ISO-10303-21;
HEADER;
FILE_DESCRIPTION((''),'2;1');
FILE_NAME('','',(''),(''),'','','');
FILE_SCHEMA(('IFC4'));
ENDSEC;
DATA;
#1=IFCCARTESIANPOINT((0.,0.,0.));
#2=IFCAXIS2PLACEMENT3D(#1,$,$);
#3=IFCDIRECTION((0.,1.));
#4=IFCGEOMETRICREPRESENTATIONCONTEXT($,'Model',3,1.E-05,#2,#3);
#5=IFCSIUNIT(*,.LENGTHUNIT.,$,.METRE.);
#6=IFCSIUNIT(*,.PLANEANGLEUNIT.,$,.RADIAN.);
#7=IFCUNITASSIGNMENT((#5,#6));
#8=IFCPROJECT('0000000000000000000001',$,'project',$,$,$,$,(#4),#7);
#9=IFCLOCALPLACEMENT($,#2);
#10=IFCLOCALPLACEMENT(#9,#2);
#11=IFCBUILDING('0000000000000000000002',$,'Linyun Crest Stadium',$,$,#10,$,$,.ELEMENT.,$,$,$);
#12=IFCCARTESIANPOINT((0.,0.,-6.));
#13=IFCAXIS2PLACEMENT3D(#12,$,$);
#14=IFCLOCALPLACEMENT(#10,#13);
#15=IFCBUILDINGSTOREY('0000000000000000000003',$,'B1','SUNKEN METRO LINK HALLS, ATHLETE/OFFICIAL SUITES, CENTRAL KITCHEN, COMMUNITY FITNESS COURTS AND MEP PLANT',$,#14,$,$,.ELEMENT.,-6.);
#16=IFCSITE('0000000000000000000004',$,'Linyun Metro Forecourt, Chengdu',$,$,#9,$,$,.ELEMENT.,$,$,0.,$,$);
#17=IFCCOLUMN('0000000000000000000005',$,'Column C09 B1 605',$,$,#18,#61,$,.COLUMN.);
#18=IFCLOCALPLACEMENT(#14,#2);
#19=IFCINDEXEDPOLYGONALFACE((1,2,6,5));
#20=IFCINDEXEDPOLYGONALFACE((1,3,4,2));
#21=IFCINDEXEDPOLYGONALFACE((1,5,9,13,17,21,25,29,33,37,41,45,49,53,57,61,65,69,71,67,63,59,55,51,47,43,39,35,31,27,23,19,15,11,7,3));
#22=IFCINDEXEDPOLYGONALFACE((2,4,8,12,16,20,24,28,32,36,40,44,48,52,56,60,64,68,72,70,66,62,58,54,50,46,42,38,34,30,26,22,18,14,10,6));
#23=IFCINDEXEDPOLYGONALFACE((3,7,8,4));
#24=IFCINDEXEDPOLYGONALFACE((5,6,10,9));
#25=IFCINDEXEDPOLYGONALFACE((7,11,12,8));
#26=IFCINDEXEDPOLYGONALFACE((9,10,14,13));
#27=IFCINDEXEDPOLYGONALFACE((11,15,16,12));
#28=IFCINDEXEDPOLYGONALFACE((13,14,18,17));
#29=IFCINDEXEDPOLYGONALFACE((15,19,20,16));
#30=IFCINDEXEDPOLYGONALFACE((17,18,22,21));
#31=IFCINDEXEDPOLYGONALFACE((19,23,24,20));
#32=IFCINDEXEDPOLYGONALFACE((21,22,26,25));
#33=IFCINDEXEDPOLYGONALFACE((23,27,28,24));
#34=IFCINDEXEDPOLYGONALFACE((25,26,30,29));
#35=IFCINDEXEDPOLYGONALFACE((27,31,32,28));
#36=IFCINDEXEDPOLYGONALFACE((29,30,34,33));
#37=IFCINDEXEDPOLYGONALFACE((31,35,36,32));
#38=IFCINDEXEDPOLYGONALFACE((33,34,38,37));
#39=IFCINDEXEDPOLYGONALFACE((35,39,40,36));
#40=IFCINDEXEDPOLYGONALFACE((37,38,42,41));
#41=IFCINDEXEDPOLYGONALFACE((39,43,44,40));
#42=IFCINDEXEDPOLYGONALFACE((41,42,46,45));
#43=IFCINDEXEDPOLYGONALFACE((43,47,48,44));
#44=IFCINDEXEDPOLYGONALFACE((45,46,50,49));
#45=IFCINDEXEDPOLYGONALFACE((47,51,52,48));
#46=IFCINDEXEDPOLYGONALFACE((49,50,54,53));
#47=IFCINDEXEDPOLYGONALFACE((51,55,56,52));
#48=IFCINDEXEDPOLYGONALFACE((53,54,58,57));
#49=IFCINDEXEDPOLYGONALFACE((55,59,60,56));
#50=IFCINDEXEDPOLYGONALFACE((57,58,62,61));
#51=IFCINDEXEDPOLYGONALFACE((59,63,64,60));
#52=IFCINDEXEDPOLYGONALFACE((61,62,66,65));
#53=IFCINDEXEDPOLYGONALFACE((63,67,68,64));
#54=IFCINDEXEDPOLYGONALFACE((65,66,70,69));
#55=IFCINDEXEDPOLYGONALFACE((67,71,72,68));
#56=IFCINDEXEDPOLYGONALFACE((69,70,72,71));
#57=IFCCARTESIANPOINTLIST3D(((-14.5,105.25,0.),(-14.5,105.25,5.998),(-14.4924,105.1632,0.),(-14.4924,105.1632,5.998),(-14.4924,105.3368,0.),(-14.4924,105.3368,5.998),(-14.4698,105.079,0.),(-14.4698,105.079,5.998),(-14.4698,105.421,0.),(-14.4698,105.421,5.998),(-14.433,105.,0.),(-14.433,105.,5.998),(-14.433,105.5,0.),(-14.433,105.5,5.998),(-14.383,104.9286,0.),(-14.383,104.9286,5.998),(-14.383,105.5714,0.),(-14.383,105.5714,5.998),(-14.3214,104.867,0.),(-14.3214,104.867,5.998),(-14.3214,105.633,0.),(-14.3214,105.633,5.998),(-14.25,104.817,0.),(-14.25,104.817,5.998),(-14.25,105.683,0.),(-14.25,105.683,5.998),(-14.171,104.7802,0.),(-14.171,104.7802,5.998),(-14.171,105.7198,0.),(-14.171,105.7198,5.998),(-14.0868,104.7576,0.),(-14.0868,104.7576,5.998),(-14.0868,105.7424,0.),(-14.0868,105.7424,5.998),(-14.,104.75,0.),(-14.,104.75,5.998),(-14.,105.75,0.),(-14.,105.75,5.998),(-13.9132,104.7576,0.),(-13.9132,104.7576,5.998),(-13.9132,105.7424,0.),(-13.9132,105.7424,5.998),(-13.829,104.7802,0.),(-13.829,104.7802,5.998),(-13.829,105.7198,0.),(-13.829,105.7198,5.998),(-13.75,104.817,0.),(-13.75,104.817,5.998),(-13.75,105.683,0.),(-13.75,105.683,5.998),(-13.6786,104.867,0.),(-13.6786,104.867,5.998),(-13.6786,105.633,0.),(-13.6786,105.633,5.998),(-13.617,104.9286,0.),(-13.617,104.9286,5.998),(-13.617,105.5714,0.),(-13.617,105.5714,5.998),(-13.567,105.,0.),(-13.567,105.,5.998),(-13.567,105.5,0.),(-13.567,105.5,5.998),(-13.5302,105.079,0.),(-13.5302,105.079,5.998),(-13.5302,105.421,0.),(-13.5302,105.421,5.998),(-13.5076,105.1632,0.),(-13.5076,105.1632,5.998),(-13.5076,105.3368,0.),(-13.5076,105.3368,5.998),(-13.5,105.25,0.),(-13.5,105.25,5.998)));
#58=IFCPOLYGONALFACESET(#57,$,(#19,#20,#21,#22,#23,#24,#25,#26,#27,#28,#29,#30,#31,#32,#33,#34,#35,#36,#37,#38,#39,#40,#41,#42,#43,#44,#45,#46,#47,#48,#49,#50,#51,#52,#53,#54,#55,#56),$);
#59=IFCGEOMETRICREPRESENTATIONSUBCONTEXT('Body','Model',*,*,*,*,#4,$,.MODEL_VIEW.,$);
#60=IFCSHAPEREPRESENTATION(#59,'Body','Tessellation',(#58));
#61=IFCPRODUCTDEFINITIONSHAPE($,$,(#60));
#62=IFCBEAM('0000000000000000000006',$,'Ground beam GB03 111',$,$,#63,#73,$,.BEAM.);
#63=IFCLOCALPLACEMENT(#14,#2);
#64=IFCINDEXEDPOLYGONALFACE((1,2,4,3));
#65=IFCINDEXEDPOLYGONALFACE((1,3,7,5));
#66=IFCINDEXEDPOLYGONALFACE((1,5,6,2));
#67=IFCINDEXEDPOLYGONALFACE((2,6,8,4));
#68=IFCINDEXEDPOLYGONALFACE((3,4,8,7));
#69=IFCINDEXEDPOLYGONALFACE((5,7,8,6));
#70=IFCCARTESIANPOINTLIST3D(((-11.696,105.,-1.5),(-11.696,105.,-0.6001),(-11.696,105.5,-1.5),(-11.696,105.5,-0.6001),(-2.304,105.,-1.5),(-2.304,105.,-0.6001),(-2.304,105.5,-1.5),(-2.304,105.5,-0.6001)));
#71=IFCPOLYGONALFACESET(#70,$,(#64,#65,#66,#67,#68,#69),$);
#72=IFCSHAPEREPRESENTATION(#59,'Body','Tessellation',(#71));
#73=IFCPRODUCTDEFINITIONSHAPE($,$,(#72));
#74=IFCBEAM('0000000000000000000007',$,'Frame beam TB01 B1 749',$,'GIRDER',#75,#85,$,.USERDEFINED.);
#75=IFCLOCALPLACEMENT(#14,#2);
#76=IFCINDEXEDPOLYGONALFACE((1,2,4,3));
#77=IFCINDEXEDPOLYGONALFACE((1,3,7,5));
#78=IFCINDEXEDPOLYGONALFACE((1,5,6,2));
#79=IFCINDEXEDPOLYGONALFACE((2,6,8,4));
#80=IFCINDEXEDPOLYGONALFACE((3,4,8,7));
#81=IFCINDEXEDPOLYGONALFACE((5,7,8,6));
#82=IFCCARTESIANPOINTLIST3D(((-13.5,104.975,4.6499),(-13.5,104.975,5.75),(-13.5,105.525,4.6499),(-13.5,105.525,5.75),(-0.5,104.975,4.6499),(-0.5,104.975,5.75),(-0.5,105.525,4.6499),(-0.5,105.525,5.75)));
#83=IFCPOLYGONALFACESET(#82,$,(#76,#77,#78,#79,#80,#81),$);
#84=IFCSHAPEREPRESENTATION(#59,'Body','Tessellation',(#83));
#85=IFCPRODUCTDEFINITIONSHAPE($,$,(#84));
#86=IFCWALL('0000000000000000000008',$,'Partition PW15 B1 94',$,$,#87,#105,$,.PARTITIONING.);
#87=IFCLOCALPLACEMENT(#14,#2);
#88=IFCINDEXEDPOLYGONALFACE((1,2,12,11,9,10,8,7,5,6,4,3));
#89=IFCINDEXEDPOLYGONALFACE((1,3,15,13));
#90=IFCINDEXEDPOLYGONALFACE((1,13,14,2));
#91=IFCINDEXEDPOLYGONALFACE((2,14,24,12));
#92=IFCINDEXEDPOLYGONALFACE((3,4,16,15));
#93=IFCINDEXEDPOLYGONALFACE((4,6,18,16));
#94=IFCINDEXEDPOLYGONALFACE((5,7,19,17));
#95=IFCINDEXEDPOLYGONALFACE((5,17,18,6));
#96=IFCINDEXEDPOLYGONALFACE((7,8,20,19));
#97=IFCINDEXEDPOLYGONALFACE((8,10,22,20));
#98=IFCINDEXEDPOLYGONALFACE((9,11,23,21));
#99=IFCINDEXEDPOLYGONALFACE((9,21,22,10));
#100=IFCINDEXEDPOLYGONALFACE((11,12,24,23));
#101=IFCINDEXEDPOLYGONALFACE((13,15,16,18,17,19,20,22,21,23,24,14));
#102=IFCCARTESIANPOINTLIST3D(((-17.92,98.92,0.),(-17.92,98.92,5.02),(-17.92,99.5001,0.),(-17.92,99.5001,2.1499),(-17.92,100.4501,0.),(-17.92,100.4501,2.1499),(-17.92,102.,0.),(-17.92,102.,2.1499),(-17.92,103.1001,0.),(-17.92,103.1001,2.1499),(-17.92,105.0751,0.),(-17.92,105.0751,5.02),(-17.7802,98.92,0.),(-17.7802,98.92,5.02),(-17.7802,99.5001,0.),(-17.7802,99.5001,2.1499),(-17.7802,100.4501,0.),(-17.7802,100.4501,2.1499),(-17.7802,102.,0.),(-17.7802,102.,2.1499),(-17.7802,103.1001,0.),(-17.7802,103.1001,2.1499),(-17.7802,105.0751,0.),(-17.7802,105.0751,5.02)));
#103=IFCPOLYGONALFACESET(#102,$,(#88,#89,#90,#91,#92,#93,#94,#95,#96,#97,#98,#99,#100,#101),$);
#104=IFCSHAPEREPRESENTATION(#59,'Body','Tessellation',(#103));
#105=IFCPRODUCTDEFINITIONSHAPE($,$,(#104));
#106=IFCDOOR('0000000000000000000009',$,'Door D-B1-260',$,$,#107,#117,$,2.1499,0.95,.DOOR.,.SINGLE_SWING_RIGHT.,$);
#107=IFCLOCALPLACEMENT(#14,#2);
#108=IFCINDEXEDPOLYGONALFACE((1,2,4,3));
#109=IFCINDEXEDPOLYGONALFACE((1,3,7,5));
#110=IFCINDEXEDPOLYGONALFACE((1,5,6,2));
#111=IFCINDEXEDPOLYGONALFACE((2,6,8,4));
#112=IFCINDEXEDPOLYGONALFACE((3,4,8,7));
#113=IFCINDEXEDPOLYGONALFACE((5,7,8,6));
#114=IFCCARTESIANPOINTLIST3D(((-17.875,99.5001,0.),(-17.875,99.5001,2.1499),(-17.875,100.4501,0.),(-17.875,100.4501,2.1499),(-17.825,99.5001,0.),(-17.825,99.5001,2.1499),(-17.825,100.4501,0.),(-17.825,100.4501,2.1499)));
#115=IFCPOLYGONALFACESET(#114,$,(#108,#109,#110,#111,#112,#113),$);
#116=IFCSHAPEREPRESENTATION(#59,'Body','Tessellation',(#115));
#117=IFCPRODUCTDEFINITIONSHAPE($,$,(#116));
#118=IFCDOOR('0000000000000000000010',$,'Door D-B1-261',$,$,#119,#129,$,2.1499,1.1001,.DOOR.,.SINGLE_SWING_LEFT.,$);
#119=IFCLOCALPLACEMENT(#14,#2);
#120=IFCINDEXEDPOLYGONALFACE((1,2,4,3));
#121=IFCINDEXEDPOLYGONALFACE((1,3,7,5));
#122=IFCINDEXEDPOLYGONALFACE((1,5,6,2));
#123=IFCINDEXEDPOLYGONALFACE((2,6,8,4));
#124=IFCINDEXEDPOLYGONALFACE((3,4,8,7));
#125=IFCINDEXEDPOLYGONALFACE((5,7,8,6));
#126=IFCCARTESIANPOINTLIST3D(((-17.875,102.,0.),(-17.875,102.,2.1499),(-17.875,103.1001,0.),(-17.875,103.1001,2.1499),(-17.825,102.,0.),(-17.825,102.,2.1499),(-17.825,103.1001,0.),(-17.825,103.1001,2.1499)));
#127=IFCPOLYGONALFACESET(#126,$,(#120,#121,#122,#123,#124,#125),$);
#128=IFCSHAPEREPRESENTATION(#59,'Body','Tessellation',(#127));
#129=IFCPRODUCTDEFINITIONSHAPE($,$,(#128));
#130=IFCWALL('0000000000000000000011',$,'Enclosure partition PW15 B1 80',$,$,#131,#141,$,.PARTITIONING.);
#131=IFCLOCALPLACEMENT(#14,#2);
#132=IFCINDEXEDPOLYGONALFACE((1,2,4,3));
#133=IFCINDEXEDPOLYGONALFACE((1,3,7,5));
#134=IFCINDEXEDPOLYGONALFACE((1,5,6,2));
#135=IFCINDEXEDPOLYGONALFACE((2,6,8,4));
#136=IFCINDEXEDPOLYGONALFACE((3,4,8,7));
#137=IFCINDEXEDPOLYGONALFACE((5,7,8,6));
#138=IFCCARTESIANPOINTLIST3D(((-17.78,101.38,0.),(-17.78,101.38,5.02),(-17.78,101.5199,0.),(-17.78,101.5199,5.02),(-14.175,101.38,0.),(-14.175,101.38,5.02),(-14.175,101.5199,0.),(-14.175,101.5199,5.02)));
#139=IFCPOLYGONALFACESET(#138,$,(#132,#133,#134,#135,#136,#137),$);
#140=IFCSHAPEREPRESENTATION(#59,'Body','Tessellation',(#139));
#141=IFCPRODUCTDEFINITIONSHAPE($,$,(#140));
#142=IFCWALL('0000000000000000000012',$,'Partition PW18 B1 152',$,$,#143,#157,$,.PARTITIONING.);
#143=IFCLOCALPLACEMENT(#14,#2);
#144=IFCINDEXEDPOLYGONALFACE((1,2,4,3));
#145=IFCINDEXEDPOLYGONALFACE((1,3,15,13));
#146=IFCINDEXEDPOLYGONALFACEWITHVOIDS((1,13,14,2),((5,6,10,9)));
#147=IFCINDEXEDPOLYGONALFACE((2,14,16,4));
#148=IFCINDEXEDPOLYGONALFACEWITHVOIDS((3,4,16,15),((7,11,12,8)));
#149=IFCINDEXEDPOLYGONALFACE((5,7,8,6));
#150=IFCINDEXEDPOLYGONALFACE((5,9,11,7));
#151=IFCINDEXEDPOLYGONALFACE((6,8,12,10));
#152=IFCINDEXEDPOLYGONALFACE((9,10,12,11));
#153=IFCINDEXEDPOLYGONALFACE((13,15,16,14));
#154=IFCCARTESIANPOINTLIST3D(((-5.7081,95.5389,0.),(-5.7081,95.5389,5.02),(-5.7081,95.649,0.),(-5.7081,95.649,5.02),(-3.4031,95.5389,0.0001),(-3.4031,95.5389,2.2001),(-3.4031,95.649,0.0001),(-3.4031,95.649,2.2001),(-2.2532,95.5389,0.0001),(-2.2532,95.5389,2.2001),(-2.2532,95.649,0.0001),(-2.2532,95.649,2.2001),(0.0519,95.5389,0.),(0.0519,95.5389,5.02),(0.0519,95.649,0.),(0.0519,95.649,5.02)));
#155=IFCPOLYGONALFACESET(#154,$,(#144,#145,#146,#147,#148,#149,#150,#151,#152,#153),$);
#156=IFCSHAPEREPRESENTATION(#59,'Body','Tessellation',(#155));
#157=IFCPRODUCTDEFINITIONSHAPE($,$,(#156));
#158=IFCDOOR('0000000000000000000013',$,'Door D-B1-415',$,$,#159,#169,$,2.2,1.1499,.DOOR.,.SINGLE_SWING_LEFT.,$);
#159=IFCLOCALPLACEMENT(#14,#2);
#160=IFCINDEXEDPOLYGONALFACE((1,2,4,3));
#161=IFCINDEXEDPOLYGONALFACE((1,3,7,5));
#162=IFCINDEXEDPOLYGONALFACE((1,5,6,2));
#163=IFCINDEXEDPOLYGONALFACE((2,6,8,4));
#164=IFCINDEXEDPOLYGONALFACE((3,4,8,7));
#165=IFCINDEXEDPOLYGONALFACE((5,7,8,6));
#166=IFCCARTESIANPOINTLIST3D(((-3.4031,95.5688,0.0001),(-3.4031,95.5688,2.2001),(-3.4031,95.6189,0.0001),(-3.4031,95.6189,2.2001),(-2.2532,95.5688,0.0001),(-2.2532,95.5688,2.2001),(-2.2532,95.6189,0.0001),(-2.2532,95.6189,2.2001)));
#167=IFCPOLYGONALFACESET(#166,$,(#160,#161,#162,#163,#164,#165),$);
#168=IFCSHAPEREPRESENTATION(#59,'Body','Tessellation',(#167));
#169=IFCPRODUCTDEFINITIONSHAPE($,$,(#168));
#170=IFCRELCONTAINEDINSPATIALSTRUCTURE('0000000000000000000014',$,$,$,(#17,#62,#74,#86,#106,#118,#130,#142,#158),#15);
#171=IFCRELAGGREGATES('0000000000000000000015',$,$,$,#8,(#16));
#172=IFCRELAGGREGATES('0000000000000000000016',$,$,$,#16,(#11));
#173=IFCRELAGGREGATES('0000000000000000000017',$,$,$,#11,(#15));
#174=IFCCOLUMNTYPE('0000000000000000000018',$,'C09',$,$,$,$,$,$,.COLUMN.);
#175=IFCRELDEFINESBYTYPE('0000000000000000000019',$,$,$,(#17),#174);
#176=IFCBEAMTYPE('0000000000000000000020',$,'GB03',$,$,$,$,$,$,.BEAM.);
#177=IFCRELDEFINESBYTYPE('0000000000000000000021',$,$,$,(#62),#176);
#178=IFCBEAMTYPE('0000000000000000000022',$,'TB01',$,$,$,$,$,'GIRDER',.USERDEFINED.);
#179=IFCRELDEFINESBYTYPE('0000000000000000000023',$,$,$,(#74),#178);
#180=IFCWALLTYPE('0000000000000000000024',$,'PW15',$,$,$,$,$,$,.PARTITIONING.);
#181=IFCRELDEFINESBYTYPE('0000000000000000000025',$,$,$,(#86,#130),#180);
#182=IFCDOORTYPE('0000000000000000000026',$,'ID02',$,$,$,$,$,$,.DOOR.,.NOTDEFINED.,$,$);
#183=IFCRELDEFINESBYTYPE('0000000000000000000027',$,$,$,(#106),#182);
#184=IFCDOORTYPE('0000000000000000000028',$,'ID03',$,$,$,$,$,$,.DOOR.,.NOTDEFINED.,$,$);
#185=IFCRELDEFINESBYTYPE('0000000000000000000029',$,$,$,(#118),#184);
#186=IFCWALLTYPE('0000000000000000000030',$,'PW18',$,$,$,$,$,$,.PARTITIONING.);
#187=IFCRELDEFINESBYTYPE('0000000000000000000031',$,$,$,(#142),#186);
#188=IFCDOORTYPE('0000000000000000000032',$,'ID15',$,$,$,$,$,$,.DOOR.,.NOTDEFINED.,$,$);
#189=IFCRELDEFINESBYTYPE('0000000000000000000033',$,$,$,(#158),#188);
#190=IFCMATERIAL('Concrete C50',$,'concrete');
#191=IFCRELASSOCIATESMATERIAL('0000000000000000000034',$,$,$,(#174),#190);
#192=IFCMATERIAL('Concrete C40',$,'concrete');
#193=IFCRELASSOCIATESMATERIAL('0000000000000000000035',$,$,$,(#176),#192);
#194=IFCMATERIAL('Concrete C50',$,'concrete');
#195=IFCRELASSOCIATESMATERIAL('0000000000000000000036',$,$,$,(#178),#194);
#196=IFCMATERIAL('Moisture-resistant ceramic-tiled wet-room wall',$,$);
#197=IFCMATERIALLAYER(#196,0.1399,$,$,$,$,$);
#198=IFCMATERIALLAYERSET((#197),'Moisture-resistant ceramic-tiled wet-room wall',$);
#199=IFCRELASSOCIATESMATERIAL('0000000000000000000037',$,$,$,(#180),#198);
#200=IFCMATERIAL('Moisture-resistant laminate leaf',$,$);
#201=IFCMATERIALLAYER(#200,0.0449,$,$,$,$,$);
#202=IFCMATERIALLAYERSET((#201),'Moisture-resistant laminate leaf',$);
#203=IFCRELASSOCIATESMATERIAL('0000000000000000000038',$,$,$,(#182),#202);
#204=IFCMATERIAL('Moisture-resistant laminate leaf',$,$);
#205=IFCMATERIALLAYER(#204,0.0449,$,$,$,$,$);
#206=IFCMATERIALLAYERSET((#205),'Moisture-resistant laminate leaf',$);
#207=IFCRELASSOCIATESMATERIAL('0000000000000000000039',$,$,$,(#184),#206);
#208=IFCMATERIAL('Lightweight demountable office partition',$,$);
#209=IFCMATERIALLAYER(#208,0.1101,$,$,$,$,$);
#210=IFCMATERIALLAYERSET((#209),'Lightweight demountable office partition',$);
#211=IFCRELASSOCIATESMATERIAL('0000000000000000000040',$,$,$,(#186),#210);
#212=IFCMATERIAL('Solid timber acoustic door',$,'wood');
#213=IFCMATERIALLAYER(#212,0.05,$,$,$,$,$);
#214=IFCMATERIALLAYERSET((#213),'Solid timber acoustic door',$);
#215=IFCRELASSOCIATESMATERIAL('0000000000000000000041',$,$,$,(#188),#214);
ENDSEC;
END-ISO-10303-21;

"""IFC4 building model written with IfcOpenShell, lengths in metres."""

from ifc_helpers import new_model, si_unit, direction, frame, frame_2d, origin, origin_2d, place, context, subcontext, project, spatial, rectangle, circle, extrude, material, layer, layer_set, material_profile, profile_set, type_object, element, fill, save


model = new_model("IFC4")

# Units and contexts
model_context = context("Model", 3, precision=1e-05, world=origin(), true_north=direction((0.0, 1.0)))
body_context = subcontext(model_context, "Body", "Model", "MODEL_VIEW")
ifc_project = project(units=[si_unit("LENGTHUNIT", "METRE"), si_unit("PLANEANGLEUNIT", "RADIAN")], contexts=[model_context])

# Site, building, storey
site_placement = place(None, origin())
site = spatial("IfcSite", under=ifc_project, at=site_placement, Name="Linyun Metro Forecourt, Chengdu", CompositionType="ELEMENT", RefElevation=0.0)
building_placement = place(site_placement, origin())
building = spatial("IfcBuilding", under=site, at=building_placement, Name="Linyun Crest Stadium", CompositionType="ELEMENT")
storey_placement = place(building_placement, frame((0.0, 0.0, -6.0)))
storey = spatial("IfcBuildingStorey", under=building, at=storey_placement, Name="B1", Description="SUNKEN METRO LINK HALLS, ATHLETE/OFFICIAL SUITES, CENTRAL KITCHEN, COMMUNITY FITNESS COURTS AND MEP PLANT", CompositionType="ELEMENT", Elevation=-6.0)

# Column
ifc_material_1 = material(Name="Concrete C50", Category="concrete")
ifc_material_profile_1 = material_profile(ifc_material_1, circle(Radius=0.5, at=origin_2d()), Name="RC D1000")
ifc_profile_set_1 = profile_set([ifc_material_profile_1], Name="Concrete C50")
column_type = type_object("IfcColumnType", Name="C09", PredefinedType="COLUMN", material=ifc_profile_set_1)
column_placement = place(storey_placement, frame((-14.0, 105.25, 0.0), z_axis=(0.0, 0.0, 1.0), x_axis=(1.0, 0.0, 0.0)))
element("IfcColumn", 1, at=column_placement, inside=storey, type_object=column_type, Name="Column C09 B1 605", PredefinedType="COLUMN", context=body_context, shape_type="SweptSolid", body=[
    extrude(circle(Radius=0.5, at=origin_2d()), origin(), (0.0, 0.0, 1.0), 5.998),
])

# Beams
ifc_material_2 = material(Name="Concrete C40", Category="concrete")
ifc_material_profile_2 = material_profile(ifc_material_2, rectangle(XDim=0.5, YDim=0.8999, at=origin_2d()), Name="RCB 900x500")
ifc_profile_set_2 = profile_set([ifc_material_profile_2], Name="Concrete C40")
beam_type_1 = type_object("IfcBeamType", Name="GB03", PredefinedType="BEAM", material=ifc_profile_set_2)
beam_1_placement = place(storey_placement, frame((-11.696, 105.25, -1.05), z_axis=(1.0, 0.0, 0.0), x_axis=(0.0, 1.0, 0.0)))
element("IfcBeam", 2, at=beam_1_placement, inside=storey, type_object=beam_type_1, Name="Ground beam GB03 111", PredefinedType="BEAM", context=body_context, shape_type="SweptSolid", body=[
    extrude(rectangle(XDim=0.5, YDim=0.8999, at=origin_2d()), origin(), (0.0, 0.0, 1.0), 9.3921),
])
ifc_material_3 = material(Name="Concrete C50", Category="concrete")
ifc_material_profile_3 = material_profile(ifc_material_3, rectangle(XDim=0.55, YDim=1.1001, at=origin_2d()), Name="RCB 1100x550")
ifc_profile_set_3 = profile_set([ifc_material_profile_3], Name="Concrete C50")
beam_type_2 = type_object("IfcBeamType", Name="TB01", ElementType="GIRDER", PredefinedType="USERDEFINED", material=ifc_profile_set_3)
beam_2_placement = place(storey_placement, frame((-13.5, 105.25, 5.2), z_axis=(1.0, 0.0, 0.0), x_axis=(0.0, 1.0, 0.0)))
element("IfcBeam", 3, at=beam_2_placement, inside=storey, type_object=beam_type_2, Name="Frame beam TB01 B1 749", ObjectType="GIRDER", PredefinedType="USERDEFINED", context=body_context, shape_type="SweptSolid", body=[
    extrude(rectangle(XDim=0.55, YDim=1.1001, at=origin_2d()), origin(), (0.0, 0.0, 1.0), 13.0),
])

# Wall, openings, doors
ifc_material_4 = material(Name="Moisture-resistant ceramic-tiled wet-room wall")
ifc_layer_1 = layer(ifc_material_4, 0.1399)
ifc_layer_set_1 = layer_set([ifc_layer_1], Name="Moisture-resistant ceramic-tiled wet-room wall")
wall_type_1 = type_object("IfcWallType", Name="PW15", PredefinedType="PARTITIONING", material=ifc_layer_set_1)
wall_1_placement = place(storey_placement, frame((-17.8501, 98.9199, 0.0), z_axis=(0.0, 0.0, 1.0), x_axis=(0.0, 1.0, 0.0)))
wall_1 = element("IfcWall", 4, at=wall_1_placement, inside=storey, type_object=wall_type_1, Name="Partition PW15 B1 94", PredefinedType="PARTITIONING", context=body_context, shape_type="SweptSolid", body=[
    extrude(rectangle(XDim=6.155, YDim=0.1399, at=frame_2d((3.0776, 0.0))), origin(), (0.0, 0.0, 1.0), 5.02),
])
opening_1_placement = place(wall_1_placement, frame((0.5801, 0.0, 0.0)))
opening_1 = element("IfcOpeningElement", 5, at=opening_1_placement, cuts=wall_1, PredefinedType="OPENING", context=body_context, shape_type="SweptSolid", body=[
    extrude(rectangle(XDim=0.95, YDim=2.1499, at=frame_2d((0.4751, 1.075))), frame((0.0, 0.0798, 0.0), z_axis=(0.0, -1.0, 0.0), x_axis=(1.0, 0.0, 0.0)), (0.0, 0.0, 1.0), 0.1599),
])
opening_2_placement = place(wall_1_placement, frame((3.0801, 0.0, 0.0)))
opening_2 = element("IfcOpeningElement", 6, at=opening_2_placement, cuts=wall_1, PredefinedType="OPENING", context=body_context, shape_type="SweptSolid", body=[
    extrude(rectangle(XDim=1.1001, YDim=2.1499, at=frame_2d((0.55, 1.075))), frame((0.0, 0.0798, 0.0), z_axis=(0.0, -1.0, 0.0), x_axis=(1.0, 0.0, 0.0)), (0.0, 0.0, 1.0), 0.1599),
])
ifc_material_5 = material(Name="Moisture-resistant laminate leaf")
ifc_layer_2 = layer(ifc_material_5, 0.0449)
ifc_layer_set_2 = layer_set([ifc_layer_2], Name="Moisture-resistant laminate leaf")
door_type_1 = type_object("IfcDoorType", Name="ID02", OperationType="NOTDEFINED", PredefinedType="DOOR", material=ifc_layer_set_2)
door_1_placement = place(opening_1_placement, origin())
door_1 = element("IfcDoor", 7, at=door_1_placement, inside=storey, type_object=door_type_1, Name="Door D-B1-260", OperationType="SINGLE_SWING_RIGHT", OverallHeight=2.1499, OverallWidth=0.95, PredefinedType="DOOR", context=body_context, shape_type="SweptSolid", body=[
    extrude(rectangle(XDim=0.95, YDim=2.1499, at=frame_2d((0.4751, 1.075))), frame((0.0, 0.0249, 0.0), z_axis=(0.0, -1.0, 0.0), x_axis=(1.0, 0.0, 0.0)), (0.0, 0.0, 1.0), 0.05),
])
fill(opening_1, door_1)
ifc_material_6 = material(Name="Moisture-resistant laminate leaf")
ifc_layer_3 = layer(ifc_material_6, 0.0449)
ifc_layer_set_3 = layer_set([ifc_layer_3], Name="Moisture-resistant laminate leaf")
door_type_2 = type_object("IfcDoorType", Name="ID03", OperationType="NOTDEFINED", PredefinedType="DOOR", material=ifc_layer_set_3)
door_2_placement = place(opening_2_placement, origin())
door_2 = element("IfcDoor", 8, at=door_2_placement, inside=storey, type_object=door_type_2, Name="Door D-B1-261", OperationType="SINGLE_SWING_LEFT", OverallHeight=2.1499, OverallWidth=1.1001, PredefinedType="DOOR", context=body_context, shape_type="SweptSolid", body=[
    extrude(rectangle(XDim=1.1001, YDim=2.1499, at=frame_2d((0.55, 1.075))), frame((0.0, 0.0249, 0.0), z_axis=(0.0, -1.0, 0.0), x_axis=(1.0, 0.0, 0.0)), (0.0, 0.0, 1.0), 0.05),
])
fill(opening_2, door_2)

# Wall
wall_2_placement = place(storey_placement, frame((-17.78, 101.45, 0.0), z_axis=(0.0, 0.0, 1.0), x_axis=(1.0, 0.0, 0.0)))
element("IfcWall", 9, at=wall_2_placement, inside=storey, type_object=wall_type_1, Name="Enclosure partition PW15 B1 80", PredefinedType="PARTITIONING", context=body_context, shape_type="SweptSolid", body=[
    extrude(rectangle(XDim=3.605, YDim=0.1399, at=frame_2d((1.8025, 0.0))), origin(), (0.0, 0.0, 1.0), 5.02),
])

# Wall, opening, door
ifc_material_7 = material(Name="Lightweight demountable office partition")
ifc_layer_4 = layer(ifc_material_7, 0.1101)
ifc_layer_set_4 = layer_set([ifc_layer_4], Name="Lightweight demountable office partition")
wall_type_2 = type_object("IfcWallType", Name="PW18", PredefinedType="PARTITIONING", material=ifc_layer_set_4)
wall_3_placement = place(storey_placement, frame((-5.708, 95.594, 0.0), z_axis=(0.0, 0.0, 1.0), x_axis=(1.0, 0.0, 0.0)))
wall_3 = element("IfcWall", 10, at=wall_3_placement, inside=storey, type_object=wall_type_2, Name="Partition PW18 B1 152", PredefinedType="PARTITIONING", context=body_context, shape_type="SweptSolid", body=[
    extrude(rectangle(XDim=5.76, YDim=0.1101, at=frame_2d((2.8799, 0.0))), origin(), (0.0, 0.0, 1.0), 5.02),
])
opening_3_placement = place(wall_3_placement, frame((2.3049, 0.0, 0.0)))
opening_3 = element("IfcOpeningElement", 11, at=opening_3_placement, cuts=wall_3, PredefinedType="OPENING", context=body_context, shape_type="SweptSolid", body=[
    extrude(rectangle(XDim=1.1499, YDim=2.2, at=frame_2d((0.575, 1.1001))), frame((0.0, 0.0649, 0.0), z_axis=(0.0, -1.0, 0.0), x_axis=(1.0, 0.0, 0.0)), (0.0, 0.0, 1.0), 0.1301),
])
ifc_material_8 = material(Name="Solid timber acoustic door", Category="wood")
ifc_layer_5 = layer(ifc_material_8, 0.05)
ifc_layer_set_5 = layer_set([ifc_layer_5], Name="Solid timber acoustic door")
door_type_3 = type_object("IfcDoorType", Name="ID15", OperationType="NOTDEFINED", PredefinedType="DOOR", material=ifc_layer_set_5)
door_3_placement = place(opening_3_placement, origin())
door_3 = element("IfcDoor", 12, at=door_3_placement, inside=storey, type_object=door_type_3, Name="Door D-B1-415", OperationType="SINGLE_SWING_LEFT", OverallHeight=2.2, OverallWidth=1.1499, PredefinedType="DOOR", context=body_context, shape_type="SweptSolid", body=[
    extrude(rectangle(XDim=1.1499, YDim=2.2, at=frame_2d((0.575, 1.1001))), frame((0.0, 0.0249, 0.0), z_axis=(0.0, -1.0, 0.0), x_axis=(1.0, 0.0, 0.0)), (0.0, 0.0, 1.0), 0.05),
])
fill(opening_3, door_3)

save(model, "model.ifc")
